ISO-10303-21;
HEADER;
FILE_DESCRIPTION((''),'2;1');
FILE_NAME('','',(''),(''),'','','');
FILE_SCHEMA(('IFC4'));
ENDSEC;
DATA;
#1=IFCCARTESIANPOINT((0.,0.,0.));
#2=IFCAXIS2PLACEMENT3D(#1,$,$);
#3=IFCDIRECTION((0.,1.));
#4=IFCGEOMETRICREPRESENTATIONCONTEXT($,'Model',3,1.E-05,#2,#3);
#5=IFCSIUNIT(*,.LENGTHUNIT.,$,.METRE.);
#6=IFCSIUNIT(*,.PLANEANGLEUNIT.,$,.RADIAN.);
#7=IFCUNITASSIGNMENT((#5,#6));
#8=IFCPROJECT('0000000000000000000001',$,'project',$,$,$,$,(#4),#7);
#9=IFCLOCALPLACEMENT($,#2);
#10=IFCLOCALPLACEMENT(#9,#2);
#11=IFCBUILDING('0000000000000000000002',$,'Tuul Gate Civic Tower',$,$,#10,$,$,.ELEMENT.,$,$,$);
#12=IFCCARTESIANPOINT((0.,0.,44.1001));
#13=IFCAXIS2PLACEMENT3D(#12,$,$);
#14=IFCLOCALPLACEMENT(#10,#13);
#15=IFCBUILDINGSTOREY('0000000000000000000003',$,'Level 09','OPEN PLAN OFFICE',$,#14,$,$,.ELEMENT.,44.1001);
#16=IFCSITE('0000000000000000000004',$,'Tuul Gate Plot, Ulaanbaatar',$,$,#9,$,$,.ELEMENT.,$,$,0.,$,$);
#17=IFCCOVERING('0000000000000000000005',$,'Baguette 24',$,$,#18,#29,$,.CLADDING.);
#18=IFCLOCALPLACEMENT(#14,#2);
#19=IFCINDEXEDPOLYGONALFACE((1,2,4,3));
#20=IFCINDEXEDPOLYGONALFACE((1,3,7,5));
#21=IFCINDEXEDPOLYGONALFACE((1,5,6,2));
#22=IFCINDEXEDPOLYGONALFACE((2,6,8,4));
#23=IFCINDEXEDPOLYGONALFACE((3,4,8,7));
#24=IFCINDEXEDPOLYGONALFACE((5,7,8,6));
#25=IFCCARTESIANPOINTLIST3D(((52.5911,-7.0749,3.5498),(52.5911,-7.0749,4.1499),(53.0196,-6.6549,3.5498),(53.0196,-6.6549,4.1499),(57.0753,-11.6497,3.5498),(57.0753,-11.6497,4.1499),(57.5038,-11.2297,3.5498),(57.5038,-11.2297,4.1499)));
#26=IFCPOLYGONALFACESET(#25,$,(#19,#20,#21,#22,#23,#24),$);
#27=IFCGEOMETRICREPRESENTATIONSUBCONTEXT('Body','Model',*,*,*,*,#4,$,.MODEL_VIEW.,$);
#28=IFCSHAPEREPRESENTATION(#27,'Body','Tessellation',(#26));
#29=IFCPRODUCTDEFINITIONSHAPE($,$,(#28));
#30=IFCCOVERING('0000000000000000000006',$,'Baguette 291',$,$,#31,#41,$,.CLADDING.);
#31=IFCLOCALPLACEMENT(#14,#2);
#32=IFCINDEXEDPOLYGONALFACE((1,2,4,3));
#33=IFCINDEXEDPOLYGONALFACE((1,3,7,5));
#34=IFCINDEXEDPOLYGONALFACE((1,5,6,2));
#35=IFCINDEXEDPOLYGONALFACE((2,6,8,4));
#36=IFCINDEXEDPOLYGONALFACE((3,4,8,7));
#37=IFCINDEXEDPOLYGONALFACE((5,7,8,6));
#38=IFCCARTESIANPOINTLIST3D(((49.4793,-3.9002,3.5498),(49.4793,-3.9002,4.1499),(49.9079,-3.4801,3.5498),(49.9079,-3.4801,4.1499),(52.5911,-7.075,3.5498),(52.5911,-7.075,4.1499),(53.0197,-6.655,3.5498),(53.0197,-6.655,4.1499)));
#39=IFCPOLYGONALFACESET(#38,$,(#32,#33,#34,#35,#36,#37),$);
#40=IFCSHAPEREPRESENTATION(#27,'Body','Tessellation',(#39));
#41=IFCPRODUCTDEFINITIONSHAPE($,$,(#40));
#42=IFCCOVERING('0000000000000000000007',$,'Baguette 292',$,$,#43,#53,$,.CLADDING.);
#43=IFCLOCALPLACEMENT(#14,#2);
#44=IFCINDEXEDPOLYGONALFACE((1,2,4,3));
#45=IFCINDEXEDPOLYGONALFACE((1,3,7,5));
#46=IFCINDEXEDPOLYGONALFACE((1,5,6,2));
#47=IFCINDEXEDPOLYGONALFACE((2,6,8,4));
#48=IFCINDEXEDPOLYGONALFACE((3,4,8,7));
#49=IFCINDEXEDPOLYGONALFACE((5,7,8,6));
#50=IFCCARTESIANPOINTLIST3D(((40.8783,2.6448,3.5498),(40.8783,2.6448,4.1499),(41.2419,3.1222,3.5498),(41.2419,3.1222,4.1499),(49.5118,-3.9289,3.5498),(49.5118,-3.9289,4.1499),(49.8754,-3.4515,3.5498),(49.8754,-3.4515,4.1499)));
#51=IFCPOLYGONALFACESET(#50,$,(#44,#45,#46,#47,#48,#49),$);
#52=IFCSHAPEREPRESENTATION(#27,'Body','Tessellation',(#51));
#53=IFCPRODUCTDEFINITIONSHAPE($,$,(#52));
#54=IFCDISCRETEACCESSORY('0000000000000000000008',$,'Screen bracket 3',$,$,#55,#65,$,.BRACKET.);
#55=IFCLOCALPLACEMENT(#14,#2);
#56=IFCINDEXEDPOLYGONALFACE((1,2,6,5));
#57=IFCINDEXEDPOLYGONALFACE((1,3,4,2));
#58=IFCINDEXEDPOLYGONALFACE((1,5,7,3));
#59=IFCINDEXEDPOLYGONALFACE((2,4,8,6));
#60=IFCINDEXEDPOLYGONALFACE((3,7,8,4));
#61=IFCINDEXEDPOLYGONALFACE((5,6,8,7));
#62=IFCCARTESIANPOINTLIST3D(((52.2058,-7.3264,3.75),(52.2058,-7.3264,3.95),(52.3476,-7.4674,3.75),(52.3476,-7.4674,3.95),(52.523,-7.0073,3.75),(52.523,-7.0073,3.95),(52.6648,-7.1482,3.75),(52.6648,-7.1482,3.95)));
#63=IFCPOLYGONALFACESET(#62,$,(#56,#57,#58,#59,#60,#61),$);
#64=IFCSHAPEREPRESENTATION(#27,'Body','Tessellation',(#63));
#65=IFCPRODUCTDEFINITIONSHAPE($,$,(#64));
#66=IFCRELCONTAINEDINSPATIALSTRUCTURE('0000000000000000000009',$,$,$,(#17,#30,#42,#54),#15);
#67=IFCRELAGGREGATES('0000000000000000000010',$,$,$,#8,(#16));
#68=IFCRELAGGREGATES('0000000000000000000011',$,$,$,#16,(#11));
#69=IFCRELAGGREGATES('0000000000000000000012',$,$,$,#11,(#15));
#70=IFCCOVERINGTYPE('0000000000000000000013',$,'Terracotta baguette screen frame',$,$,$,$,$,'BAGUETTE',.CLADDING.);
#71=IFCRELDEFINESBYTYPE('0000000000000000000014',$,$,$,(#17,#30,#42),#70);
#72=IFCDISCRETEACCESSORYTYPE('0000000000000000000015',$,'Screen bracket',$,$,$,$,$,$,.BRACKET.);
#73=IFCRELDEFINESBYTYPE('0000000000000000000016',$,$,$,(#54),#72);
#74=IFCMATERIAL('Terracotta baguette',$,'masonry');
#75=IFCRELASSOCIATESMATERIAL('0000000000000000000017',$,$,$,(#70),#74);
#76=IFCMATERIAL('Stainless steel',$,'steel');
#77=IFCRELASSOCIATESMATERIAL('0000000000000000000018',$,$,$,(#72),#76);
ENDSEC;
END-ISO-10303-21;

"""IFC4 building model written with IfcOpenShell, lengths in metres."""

from ifc_helpers import new_model, si_unit, direction, frame, origin, origin_2d, place, context, subcontext, project, spatial, rectangle, extrude, material, material_profile, profile_set, type_object, element, save


model = new_model("IFC4")

# Units and contexts
model_context = context("Model", 3, precision=1e-05, world=origin(), true_north=direction((0.0, 1.0)))
body_context = subcontext(model_context, "Body", "Model", "MODEL_VIEW")
ifc_project = project(units=[si_unit("LENGTHUNIT", "METRE"), si_unit("PLANEANGLEUNIT", "RADIAN")], contexts=[model_context])

# Site, building, storey
site_placement = place(None, origin())
site = spatial("IfcSite", under=ifc_project, at=site_placement, Name="Tuul Gate Plot, Ulaanbaatar", CompositionType="ELEMENT", RefElevation=0.0)
building_placement = place(site_placement, origin())
building = spatial("IfcBuilding", under=site, at=building_placement, Name="Tuul Gate Civic Tower", CompositionType="ELEMENT")
storey_placement = place(building_placement, frame((0.0, 0.0, 44.1001)))
storey = spatial("IfcBuildingStorey", under=building, at=storey_placement, Name="Level 09", Description="OPEN PLAN OFFICE", CompositionType="ELEMENT", Elevation=44.1001)

# Coverings
ifc_material_1 = material(Name="Terracotta baguette", Category="masonry")
ifc_material_profile_1 = material_profile(ifc_material_1, rectangle(XDim=0.6001, YDim=0.6001, at=origin_2d()), Name="Terracotta baguette screen frame")
ifc_profile_set_1 = profile_set([ifc_material_profile_1], Name="Terracotta baguette")
covering_type = type_object("IfcCoveringType", Name="Terracotta baguette screen frame", ElementType="BAGUETTE", PredefinedType="CLADDING", material=ifc_profile_set_1)
covering_1_placement = place(storey_placement, frame((57.2896, -11.4397, 3.8499), z_axis=(-0.700002, 0.714141, 0.0), x_axis=(-0.714141, -0.700002, 0.0)))
element("IfcCovering", 1, at=covering_1_placement, inside=storey, type_object=covering_type, Name="Baguette 24", PredefinedType="CLADDING", context=body_context, shape_type="SweptSolid", body=[
    extrude(rectangle(XDim=0.6001, YDim=0.6001, at=origin_2d()), origin(), (0.0, 0.0, 1.0), 6.406),
])
covering_2_placement = place(storey_placement, frame((52.8054, -6.865, 3.8499), z_axis=(-0.699987, 0.714156, 0.0), x_axis=(-0.714156, -0.699987, 0.0)))
element("IfcCovering", 2, at=covering_2_placement, inside=storey, type_object=covering_type, Name="Baguette 291", PredefinedType="CLADDING", context=body_context, shape_type="SweptSolid", body=[
    extrude(rectangle(XDim=0.6001, YDim=0.6001, at=origin_2d()), origin(), (0.0, 0.0, 1.0), 4.4456),
])
covering_3_placement = place(storey_placement, frame((49.6936, -3.6902, 3.8499), z_axis=(-0.795619, 0.605798, 0.0), x_axis=(-0.605798, -0.795619, 0.0)))
element("IfcCovering", 3, at=covering_3_placement, inside=storey, type_object=covering_type, Name="Baguette 292", PredefinedType="CLADDING", context=body_context, shape_type="SweptSolid", body=[
    extrude(rectangle(XDim=0.6001, YDim=0.6001, at=origin_2d()), origin(), (0.0, 0.0, 1.0), 10.8513),
])

# Discrete accessory
ifc_material_2 = material(Name="Stainless steel", Category="steel")
discrete_accessory_type = type_object("IfcDiscreteAccessoryType", Name="Screen bracket", PredefinedType="BRACKET", material=ifc_material_2)
discrete_accessory_placement = place(storey_placement, frame((52.4353, -7.2373, 3.75), z_axis=(0.0, 0.0, 1.0), x_axis=(0.704915, 0.709292, 0.0)))
element("IfcDiscreteAccessory", 4, at=discrete_accessory_placement, inside=storey, type_object=discrete_accessory_type, Name="Screen bracket 3", PredefinedType="BRACKET", context=body_context, shape_type="SweptSolid", body=[
    extrude(rectangle(XDim=0.45, YDim=0.2, at=origin_2d()), origin(), (0.0, 0.0, 1.0), 0.2),
])

save(model, "model.ifc")
